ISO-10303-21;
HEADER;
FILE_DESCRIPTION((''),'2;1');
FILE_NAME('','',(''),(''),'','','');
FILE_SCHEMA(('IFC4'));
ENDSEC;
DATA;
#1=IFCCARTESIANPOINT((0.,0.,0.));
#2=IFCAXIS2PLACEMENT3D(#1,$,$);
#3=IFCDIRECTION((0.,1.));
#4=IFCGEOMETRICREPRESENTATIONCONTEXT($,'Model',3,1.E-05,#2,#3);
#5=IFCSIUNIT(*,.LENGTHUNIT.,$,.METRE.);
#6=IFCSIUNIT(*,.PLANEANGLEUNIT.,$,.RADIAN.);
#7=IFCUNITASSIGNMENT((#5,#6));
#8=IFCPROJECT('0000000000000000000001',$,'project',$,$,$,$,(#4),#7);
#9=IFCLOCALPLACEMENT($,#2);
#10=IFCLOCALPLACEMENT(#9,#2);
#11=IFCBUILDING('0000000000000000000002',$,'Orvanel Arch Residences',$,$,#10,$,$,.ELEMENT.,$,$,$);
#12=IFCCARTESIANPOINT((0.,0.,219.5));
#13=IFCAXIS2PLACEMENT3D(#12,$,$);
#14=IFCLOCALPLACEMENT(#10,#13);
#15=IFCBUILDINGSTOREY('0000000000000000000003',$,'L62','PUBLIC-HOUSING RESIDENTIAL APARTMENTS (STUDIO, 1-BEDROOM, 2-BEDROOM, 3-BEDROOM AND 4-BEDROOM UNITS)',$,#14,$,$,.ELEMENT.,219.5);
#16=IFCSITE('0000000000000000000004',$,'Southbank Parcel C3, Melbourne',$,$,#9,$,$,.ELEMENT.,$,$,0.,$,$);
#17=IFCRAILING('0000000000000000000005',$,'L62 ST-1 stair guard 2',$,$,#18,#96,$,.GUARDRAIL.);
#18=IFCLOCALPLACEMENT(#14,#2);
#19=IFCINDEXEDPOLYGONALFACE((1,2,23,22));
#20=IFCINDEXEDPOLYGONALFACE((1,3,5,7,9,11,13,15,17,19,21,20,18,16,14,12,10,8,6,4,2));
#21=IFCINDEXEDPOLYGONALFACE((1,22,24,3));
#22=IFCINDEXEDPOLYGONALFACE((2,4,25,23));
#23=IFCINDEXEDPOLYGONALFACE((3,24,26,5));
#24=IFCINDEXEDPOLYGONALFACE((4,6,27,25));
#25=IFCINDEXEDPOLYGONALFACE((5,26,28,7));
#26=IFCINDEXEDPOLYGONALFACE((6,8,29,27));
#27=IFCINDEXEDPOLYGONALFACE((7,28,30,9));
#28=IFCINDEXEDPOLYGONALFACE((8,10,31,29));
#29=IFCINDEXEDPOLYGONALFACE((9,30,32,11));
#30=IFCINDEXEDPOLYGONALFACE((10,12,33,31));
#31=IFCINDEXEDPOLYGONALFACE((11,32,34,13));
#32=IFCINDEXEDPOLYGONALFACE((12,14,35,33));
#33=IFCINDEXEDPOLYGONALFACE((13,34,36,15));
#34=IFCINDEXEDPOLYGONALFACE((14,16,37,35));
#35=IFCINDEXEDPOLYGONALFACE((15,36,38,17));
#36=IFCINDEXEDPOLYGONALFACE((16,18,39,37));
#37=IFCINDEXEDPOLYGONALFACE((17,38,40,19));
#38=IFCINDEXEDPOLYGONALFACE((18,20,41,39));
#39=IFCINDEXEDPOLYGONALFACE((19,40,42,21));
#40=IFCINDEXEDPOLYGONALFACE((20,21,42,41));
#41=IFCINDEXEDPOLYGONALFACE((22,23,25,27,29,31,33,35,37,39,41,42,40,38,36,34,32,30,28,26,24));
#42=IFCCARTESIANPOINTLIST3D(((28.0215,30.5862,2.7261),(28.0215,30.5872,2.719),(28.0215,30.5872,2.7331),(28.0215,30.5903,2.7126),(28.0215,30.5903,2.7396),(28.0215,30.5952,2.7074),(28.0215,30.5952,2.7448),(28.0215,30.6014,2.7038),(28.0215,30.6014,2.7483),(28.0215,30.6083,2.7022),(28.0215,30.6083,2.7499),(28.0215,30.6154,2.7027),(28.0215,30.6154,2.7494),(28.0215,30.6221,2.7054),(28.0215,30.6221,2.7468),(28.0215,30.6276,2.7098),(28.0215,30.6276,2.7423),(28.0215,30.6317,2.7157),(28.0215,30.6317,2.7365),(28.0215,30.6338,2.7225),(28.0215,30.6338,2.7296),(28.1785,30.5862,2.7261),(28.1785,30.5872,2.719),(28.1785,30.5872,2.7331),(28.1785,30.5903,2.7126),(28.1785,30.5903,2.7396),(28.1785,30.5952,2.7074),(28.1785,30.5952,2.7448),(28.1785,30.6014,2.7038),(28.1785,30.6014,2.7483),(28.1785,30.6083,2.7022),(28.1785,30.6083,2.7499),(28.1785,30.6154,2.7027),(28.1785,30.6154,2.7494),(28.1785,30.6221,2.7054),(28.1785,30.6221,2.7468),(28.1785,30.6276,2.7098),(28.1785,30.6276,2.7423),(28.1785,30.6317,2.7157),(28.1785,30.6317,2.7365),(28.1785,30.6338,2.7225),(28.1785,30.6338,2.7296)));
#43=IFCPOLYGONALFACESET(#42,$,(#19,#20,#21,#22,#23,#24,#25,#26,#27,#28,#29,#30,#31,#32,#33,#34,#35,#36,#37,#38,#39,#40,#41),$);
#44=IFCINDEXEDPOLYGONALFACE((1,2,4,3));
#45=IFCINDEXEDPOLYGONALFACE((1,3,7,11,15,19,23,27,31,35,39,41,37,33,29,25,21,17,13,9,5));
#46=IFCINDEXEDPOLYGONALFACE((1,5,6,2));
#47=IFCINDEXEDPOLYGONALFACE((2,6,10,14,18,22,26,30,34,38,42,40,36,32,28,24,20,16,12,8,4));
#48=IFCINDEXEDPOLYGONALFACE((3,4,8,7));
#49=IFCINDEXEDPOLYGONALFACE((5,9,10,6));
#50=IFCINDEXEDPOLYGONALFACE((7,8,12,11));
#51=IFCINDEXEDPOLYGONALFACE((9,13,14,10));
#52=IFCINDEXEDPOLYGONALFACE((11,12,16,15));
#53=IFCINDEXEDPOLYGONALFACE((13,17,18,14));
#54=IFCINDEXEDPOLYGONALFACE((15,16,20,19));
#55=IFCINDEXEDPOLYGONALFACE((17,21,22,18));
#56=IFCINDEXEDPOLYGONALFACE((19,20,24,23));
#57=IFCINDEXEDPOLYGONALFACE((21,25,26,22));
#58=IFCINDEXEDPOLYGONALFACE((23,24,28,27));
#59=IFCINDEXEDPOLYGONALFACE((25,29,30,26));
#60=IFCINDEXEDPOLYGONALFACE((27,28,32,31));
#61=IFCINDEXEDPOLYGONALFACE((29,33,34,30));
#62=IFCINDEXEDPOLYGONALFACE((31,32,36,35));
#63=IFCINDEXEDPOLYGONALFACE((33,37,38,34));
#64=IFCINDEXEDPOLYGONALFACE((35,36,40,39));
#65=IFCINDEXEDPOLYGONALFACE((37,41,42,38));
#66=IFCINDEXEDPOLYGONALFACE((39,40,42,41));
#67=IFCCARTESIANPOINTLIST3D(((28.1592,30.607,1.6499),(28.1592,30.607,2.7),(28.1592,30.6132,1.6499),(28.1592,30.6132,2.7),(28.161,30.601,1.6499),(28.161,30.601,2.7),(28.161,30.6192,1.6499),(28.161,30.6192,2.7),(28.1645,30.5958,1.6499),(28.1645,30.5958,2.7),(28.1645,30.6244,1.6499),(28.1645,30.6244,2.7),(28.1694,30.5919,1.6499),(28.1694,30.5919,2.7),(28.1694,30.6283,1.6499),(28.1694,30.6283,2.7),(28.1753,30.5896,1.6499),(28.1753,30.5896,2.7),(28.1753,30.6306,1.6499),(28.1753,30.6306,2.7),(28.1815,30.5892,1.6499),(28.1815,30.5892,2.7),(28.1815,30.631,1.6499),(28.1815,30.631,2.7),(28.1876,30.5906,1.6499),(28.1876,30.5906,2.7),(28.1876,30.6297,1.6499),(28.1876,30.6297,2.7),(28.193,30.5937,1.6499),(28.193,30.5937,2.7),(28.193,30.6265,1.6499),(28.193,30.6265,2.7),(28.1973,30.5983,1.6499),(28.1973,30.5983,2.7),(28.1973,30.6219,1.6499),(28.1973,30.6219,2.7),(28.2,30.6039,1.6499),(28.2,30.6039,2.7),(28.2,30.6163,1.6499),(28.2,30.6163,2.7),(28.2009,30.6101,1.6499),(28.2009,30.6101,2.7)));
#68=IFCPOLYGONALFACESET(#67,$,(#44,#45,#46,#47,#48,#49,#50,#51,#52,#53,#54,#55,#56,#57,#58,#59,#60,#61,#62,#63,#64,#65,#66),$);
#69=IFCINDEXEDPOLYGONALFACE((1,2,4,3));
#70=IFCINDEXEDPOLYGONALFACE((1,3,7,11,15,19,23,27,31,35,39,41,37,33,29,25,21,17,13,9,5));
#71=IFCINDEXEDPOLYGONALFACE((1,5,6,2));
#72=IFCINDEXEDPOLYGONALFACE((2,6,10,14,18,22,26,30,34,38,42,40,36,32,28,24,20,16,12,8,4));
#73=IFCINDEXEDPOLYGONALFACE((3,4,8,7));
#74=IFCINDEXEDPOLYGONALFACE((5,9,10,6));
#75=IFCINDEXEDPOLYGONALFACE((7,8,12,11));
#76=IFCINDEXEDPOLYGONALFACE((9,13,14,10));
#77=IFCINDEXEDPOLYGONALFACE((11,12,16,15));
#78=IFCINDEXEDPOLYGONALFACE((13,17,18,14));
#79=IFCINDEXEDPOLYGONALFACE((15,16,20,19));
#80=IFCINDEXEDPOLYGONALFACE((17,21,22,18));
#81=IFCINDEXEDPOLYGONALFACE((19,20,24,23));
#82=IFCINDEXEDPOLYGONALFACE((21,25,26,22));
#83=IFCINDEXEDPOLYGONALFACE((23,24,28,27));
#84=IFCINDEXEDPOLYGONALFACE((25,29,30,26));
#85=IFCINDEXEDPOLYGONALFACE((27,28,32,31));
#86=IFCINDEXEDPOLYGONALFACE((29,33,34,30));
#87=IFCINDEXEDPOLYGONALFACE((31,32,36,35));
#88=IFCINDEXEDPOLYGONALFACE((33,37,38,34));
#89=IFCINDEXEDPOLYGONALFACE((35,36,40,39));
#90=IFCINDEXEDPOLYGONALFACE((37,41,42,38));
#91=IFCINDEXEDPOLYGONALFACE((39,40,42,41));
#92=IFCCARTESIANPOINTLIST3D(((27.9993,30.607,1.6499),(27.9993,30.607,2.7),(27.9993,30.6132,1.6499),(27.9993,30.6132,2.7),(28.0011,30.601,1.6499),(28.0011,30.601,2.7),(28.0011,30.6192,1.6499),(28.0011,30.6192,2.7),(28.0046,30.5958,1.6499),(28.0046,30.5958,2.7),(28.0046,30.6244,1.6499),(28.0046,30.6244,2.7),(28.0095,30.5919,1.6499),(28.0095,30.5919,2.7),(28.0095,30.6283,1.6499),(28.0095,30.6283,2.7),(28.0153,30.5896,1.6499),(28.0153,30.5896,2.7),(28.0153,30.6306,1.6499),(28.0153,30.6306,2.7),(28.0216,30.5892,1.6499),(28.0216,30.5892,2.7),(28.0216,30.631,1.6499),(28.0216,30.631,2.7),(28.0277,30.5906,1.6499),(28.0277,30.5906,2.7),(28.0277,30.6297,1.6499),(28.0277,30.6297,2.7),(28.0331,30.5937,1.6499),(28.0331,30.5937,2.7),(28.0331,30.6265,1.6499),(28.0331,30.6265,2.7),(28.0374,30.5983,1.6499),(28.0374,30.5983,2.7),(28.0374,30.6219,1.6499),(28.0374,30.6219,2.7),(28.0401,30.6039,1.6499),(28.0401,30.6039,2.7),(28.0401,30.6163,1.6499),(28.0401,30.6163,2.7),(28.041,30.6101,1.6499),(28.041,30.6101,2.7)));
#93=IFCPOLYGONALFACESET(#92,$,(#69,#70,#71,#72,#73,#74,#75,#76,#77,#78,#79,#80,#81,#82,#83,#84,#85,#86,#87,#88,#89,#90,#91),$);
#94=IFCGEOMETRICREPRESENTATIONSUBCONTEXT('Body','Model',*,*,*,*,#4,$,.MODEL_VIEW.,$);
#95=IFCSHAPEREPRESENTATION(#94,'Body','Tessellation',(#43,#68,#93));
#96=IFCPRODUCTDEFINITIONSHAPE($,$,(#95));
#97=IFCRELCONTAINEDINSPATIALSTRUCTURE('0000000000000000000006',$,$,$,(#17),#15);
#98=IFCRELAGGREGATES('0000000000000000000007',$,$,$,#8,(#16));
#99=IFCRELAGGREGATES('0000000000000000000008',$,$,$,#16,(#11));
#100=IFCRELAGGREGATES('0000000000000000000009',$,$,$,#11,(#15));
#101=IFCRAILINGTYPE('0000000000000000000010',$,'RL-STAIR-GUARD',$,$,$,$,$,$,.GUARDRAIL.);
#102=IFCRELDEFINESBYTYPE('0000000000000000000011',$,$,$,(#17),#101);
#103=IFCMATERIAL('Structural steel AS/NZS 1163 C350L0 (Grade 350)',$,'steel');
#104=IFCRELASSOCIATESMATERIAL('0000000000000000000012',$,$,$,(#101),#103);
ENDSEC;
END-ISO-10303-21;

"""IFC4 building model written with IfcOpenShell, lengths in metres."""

from ifc_helpers import new_model, si_unit, direction, frame, origin, origin_2d, place, context, subcontext, project, spatial, circle, extrude, material, type_object, element, save


model = new_model("IFC4")

# Units and contexts
model_context = context("Model", 3, precision=1e-05, world=origin(), true_north=direction((0.0, 1.0)))
body_context = subcontext(model_context, "Body", "Model", "MODEL_VIEW")
ifc_project = project(units=[si_unit("LENGTHUNIT", "METRE"), si_unit("PLANEANGLEUNIT", "RADIAN")], contexts=[model_context])

# Site, building, storey
site_placement = place(None, origin())
site = spatial("IfcSite", under=ifc_project, at=site_placement, Name="Southbank Parcel C3, Melbourne", CompositionType="ELEMENT", RefElevation=0.0)
building_placement = place(site_placement, origin())
building = spatial("IfcBuilding", under=site, at=building_placement, Name="Orvanel Arch Residences", CompositionType="ELEMENT")
storey_placement = place(building_placement, frame((0.0, 0.0, 219.5)))
storey = spatial("IfcBuildingStorey", under=building, at=storey_placement, Name="L62", Description="PUBLIC-HOUSING RESIDENTIAL APARTMENTS (STUDIO, 1-BEDROOM, 2-BEDROOM, 3-BEDROOM AND 4-BEDROOM UNITS)", CompositionType="ELEMENT", Elevation=219.5)

# Railing
ifc_material_1 = material(Name="Structural steel AS/NZS 1163 C350L0 (Grade 350)", Category="steel")
railing_type_1 = type_object("IfcRailingType", Name="RL-STAIR-GUARD", PredefinedType="GUARDRAIL", material=ifc_material_1)
railing_1_placement = place(storey_placement, frame((28.1799, 30.6101, 1.6499)))
element("IfcRailing", 1, at=railing_1_placement, inside=storey, type_object=railing_type_1, Name="L62 ST-1 stair guard 2", PredefinedType="GUARDRAIL", context=body_context, shape_type="SweptSolid", body=[
    extrude(circle(Radius=0.0239, at=origin_2d()), frame((-0.0015, 0.0, 1.0762), z_axis=(-1.0, 0.0, 0.0), x_axis=(0.0, -1.0, 0.0)), (0.0, 0.0, 1.0), 0.157),
    extrude(circle(Radius=0.021, at=origin_2d()), origin(), (0.0, 0.0, 1.0), 1.05),
    extrude(circle(Radius=0.021, at=origin_2d()), frame((-0.1599, 0.0, 0.0)), (0.0, 0.0, 1.0), 1.05),
])

save(model, "model.ifc")
